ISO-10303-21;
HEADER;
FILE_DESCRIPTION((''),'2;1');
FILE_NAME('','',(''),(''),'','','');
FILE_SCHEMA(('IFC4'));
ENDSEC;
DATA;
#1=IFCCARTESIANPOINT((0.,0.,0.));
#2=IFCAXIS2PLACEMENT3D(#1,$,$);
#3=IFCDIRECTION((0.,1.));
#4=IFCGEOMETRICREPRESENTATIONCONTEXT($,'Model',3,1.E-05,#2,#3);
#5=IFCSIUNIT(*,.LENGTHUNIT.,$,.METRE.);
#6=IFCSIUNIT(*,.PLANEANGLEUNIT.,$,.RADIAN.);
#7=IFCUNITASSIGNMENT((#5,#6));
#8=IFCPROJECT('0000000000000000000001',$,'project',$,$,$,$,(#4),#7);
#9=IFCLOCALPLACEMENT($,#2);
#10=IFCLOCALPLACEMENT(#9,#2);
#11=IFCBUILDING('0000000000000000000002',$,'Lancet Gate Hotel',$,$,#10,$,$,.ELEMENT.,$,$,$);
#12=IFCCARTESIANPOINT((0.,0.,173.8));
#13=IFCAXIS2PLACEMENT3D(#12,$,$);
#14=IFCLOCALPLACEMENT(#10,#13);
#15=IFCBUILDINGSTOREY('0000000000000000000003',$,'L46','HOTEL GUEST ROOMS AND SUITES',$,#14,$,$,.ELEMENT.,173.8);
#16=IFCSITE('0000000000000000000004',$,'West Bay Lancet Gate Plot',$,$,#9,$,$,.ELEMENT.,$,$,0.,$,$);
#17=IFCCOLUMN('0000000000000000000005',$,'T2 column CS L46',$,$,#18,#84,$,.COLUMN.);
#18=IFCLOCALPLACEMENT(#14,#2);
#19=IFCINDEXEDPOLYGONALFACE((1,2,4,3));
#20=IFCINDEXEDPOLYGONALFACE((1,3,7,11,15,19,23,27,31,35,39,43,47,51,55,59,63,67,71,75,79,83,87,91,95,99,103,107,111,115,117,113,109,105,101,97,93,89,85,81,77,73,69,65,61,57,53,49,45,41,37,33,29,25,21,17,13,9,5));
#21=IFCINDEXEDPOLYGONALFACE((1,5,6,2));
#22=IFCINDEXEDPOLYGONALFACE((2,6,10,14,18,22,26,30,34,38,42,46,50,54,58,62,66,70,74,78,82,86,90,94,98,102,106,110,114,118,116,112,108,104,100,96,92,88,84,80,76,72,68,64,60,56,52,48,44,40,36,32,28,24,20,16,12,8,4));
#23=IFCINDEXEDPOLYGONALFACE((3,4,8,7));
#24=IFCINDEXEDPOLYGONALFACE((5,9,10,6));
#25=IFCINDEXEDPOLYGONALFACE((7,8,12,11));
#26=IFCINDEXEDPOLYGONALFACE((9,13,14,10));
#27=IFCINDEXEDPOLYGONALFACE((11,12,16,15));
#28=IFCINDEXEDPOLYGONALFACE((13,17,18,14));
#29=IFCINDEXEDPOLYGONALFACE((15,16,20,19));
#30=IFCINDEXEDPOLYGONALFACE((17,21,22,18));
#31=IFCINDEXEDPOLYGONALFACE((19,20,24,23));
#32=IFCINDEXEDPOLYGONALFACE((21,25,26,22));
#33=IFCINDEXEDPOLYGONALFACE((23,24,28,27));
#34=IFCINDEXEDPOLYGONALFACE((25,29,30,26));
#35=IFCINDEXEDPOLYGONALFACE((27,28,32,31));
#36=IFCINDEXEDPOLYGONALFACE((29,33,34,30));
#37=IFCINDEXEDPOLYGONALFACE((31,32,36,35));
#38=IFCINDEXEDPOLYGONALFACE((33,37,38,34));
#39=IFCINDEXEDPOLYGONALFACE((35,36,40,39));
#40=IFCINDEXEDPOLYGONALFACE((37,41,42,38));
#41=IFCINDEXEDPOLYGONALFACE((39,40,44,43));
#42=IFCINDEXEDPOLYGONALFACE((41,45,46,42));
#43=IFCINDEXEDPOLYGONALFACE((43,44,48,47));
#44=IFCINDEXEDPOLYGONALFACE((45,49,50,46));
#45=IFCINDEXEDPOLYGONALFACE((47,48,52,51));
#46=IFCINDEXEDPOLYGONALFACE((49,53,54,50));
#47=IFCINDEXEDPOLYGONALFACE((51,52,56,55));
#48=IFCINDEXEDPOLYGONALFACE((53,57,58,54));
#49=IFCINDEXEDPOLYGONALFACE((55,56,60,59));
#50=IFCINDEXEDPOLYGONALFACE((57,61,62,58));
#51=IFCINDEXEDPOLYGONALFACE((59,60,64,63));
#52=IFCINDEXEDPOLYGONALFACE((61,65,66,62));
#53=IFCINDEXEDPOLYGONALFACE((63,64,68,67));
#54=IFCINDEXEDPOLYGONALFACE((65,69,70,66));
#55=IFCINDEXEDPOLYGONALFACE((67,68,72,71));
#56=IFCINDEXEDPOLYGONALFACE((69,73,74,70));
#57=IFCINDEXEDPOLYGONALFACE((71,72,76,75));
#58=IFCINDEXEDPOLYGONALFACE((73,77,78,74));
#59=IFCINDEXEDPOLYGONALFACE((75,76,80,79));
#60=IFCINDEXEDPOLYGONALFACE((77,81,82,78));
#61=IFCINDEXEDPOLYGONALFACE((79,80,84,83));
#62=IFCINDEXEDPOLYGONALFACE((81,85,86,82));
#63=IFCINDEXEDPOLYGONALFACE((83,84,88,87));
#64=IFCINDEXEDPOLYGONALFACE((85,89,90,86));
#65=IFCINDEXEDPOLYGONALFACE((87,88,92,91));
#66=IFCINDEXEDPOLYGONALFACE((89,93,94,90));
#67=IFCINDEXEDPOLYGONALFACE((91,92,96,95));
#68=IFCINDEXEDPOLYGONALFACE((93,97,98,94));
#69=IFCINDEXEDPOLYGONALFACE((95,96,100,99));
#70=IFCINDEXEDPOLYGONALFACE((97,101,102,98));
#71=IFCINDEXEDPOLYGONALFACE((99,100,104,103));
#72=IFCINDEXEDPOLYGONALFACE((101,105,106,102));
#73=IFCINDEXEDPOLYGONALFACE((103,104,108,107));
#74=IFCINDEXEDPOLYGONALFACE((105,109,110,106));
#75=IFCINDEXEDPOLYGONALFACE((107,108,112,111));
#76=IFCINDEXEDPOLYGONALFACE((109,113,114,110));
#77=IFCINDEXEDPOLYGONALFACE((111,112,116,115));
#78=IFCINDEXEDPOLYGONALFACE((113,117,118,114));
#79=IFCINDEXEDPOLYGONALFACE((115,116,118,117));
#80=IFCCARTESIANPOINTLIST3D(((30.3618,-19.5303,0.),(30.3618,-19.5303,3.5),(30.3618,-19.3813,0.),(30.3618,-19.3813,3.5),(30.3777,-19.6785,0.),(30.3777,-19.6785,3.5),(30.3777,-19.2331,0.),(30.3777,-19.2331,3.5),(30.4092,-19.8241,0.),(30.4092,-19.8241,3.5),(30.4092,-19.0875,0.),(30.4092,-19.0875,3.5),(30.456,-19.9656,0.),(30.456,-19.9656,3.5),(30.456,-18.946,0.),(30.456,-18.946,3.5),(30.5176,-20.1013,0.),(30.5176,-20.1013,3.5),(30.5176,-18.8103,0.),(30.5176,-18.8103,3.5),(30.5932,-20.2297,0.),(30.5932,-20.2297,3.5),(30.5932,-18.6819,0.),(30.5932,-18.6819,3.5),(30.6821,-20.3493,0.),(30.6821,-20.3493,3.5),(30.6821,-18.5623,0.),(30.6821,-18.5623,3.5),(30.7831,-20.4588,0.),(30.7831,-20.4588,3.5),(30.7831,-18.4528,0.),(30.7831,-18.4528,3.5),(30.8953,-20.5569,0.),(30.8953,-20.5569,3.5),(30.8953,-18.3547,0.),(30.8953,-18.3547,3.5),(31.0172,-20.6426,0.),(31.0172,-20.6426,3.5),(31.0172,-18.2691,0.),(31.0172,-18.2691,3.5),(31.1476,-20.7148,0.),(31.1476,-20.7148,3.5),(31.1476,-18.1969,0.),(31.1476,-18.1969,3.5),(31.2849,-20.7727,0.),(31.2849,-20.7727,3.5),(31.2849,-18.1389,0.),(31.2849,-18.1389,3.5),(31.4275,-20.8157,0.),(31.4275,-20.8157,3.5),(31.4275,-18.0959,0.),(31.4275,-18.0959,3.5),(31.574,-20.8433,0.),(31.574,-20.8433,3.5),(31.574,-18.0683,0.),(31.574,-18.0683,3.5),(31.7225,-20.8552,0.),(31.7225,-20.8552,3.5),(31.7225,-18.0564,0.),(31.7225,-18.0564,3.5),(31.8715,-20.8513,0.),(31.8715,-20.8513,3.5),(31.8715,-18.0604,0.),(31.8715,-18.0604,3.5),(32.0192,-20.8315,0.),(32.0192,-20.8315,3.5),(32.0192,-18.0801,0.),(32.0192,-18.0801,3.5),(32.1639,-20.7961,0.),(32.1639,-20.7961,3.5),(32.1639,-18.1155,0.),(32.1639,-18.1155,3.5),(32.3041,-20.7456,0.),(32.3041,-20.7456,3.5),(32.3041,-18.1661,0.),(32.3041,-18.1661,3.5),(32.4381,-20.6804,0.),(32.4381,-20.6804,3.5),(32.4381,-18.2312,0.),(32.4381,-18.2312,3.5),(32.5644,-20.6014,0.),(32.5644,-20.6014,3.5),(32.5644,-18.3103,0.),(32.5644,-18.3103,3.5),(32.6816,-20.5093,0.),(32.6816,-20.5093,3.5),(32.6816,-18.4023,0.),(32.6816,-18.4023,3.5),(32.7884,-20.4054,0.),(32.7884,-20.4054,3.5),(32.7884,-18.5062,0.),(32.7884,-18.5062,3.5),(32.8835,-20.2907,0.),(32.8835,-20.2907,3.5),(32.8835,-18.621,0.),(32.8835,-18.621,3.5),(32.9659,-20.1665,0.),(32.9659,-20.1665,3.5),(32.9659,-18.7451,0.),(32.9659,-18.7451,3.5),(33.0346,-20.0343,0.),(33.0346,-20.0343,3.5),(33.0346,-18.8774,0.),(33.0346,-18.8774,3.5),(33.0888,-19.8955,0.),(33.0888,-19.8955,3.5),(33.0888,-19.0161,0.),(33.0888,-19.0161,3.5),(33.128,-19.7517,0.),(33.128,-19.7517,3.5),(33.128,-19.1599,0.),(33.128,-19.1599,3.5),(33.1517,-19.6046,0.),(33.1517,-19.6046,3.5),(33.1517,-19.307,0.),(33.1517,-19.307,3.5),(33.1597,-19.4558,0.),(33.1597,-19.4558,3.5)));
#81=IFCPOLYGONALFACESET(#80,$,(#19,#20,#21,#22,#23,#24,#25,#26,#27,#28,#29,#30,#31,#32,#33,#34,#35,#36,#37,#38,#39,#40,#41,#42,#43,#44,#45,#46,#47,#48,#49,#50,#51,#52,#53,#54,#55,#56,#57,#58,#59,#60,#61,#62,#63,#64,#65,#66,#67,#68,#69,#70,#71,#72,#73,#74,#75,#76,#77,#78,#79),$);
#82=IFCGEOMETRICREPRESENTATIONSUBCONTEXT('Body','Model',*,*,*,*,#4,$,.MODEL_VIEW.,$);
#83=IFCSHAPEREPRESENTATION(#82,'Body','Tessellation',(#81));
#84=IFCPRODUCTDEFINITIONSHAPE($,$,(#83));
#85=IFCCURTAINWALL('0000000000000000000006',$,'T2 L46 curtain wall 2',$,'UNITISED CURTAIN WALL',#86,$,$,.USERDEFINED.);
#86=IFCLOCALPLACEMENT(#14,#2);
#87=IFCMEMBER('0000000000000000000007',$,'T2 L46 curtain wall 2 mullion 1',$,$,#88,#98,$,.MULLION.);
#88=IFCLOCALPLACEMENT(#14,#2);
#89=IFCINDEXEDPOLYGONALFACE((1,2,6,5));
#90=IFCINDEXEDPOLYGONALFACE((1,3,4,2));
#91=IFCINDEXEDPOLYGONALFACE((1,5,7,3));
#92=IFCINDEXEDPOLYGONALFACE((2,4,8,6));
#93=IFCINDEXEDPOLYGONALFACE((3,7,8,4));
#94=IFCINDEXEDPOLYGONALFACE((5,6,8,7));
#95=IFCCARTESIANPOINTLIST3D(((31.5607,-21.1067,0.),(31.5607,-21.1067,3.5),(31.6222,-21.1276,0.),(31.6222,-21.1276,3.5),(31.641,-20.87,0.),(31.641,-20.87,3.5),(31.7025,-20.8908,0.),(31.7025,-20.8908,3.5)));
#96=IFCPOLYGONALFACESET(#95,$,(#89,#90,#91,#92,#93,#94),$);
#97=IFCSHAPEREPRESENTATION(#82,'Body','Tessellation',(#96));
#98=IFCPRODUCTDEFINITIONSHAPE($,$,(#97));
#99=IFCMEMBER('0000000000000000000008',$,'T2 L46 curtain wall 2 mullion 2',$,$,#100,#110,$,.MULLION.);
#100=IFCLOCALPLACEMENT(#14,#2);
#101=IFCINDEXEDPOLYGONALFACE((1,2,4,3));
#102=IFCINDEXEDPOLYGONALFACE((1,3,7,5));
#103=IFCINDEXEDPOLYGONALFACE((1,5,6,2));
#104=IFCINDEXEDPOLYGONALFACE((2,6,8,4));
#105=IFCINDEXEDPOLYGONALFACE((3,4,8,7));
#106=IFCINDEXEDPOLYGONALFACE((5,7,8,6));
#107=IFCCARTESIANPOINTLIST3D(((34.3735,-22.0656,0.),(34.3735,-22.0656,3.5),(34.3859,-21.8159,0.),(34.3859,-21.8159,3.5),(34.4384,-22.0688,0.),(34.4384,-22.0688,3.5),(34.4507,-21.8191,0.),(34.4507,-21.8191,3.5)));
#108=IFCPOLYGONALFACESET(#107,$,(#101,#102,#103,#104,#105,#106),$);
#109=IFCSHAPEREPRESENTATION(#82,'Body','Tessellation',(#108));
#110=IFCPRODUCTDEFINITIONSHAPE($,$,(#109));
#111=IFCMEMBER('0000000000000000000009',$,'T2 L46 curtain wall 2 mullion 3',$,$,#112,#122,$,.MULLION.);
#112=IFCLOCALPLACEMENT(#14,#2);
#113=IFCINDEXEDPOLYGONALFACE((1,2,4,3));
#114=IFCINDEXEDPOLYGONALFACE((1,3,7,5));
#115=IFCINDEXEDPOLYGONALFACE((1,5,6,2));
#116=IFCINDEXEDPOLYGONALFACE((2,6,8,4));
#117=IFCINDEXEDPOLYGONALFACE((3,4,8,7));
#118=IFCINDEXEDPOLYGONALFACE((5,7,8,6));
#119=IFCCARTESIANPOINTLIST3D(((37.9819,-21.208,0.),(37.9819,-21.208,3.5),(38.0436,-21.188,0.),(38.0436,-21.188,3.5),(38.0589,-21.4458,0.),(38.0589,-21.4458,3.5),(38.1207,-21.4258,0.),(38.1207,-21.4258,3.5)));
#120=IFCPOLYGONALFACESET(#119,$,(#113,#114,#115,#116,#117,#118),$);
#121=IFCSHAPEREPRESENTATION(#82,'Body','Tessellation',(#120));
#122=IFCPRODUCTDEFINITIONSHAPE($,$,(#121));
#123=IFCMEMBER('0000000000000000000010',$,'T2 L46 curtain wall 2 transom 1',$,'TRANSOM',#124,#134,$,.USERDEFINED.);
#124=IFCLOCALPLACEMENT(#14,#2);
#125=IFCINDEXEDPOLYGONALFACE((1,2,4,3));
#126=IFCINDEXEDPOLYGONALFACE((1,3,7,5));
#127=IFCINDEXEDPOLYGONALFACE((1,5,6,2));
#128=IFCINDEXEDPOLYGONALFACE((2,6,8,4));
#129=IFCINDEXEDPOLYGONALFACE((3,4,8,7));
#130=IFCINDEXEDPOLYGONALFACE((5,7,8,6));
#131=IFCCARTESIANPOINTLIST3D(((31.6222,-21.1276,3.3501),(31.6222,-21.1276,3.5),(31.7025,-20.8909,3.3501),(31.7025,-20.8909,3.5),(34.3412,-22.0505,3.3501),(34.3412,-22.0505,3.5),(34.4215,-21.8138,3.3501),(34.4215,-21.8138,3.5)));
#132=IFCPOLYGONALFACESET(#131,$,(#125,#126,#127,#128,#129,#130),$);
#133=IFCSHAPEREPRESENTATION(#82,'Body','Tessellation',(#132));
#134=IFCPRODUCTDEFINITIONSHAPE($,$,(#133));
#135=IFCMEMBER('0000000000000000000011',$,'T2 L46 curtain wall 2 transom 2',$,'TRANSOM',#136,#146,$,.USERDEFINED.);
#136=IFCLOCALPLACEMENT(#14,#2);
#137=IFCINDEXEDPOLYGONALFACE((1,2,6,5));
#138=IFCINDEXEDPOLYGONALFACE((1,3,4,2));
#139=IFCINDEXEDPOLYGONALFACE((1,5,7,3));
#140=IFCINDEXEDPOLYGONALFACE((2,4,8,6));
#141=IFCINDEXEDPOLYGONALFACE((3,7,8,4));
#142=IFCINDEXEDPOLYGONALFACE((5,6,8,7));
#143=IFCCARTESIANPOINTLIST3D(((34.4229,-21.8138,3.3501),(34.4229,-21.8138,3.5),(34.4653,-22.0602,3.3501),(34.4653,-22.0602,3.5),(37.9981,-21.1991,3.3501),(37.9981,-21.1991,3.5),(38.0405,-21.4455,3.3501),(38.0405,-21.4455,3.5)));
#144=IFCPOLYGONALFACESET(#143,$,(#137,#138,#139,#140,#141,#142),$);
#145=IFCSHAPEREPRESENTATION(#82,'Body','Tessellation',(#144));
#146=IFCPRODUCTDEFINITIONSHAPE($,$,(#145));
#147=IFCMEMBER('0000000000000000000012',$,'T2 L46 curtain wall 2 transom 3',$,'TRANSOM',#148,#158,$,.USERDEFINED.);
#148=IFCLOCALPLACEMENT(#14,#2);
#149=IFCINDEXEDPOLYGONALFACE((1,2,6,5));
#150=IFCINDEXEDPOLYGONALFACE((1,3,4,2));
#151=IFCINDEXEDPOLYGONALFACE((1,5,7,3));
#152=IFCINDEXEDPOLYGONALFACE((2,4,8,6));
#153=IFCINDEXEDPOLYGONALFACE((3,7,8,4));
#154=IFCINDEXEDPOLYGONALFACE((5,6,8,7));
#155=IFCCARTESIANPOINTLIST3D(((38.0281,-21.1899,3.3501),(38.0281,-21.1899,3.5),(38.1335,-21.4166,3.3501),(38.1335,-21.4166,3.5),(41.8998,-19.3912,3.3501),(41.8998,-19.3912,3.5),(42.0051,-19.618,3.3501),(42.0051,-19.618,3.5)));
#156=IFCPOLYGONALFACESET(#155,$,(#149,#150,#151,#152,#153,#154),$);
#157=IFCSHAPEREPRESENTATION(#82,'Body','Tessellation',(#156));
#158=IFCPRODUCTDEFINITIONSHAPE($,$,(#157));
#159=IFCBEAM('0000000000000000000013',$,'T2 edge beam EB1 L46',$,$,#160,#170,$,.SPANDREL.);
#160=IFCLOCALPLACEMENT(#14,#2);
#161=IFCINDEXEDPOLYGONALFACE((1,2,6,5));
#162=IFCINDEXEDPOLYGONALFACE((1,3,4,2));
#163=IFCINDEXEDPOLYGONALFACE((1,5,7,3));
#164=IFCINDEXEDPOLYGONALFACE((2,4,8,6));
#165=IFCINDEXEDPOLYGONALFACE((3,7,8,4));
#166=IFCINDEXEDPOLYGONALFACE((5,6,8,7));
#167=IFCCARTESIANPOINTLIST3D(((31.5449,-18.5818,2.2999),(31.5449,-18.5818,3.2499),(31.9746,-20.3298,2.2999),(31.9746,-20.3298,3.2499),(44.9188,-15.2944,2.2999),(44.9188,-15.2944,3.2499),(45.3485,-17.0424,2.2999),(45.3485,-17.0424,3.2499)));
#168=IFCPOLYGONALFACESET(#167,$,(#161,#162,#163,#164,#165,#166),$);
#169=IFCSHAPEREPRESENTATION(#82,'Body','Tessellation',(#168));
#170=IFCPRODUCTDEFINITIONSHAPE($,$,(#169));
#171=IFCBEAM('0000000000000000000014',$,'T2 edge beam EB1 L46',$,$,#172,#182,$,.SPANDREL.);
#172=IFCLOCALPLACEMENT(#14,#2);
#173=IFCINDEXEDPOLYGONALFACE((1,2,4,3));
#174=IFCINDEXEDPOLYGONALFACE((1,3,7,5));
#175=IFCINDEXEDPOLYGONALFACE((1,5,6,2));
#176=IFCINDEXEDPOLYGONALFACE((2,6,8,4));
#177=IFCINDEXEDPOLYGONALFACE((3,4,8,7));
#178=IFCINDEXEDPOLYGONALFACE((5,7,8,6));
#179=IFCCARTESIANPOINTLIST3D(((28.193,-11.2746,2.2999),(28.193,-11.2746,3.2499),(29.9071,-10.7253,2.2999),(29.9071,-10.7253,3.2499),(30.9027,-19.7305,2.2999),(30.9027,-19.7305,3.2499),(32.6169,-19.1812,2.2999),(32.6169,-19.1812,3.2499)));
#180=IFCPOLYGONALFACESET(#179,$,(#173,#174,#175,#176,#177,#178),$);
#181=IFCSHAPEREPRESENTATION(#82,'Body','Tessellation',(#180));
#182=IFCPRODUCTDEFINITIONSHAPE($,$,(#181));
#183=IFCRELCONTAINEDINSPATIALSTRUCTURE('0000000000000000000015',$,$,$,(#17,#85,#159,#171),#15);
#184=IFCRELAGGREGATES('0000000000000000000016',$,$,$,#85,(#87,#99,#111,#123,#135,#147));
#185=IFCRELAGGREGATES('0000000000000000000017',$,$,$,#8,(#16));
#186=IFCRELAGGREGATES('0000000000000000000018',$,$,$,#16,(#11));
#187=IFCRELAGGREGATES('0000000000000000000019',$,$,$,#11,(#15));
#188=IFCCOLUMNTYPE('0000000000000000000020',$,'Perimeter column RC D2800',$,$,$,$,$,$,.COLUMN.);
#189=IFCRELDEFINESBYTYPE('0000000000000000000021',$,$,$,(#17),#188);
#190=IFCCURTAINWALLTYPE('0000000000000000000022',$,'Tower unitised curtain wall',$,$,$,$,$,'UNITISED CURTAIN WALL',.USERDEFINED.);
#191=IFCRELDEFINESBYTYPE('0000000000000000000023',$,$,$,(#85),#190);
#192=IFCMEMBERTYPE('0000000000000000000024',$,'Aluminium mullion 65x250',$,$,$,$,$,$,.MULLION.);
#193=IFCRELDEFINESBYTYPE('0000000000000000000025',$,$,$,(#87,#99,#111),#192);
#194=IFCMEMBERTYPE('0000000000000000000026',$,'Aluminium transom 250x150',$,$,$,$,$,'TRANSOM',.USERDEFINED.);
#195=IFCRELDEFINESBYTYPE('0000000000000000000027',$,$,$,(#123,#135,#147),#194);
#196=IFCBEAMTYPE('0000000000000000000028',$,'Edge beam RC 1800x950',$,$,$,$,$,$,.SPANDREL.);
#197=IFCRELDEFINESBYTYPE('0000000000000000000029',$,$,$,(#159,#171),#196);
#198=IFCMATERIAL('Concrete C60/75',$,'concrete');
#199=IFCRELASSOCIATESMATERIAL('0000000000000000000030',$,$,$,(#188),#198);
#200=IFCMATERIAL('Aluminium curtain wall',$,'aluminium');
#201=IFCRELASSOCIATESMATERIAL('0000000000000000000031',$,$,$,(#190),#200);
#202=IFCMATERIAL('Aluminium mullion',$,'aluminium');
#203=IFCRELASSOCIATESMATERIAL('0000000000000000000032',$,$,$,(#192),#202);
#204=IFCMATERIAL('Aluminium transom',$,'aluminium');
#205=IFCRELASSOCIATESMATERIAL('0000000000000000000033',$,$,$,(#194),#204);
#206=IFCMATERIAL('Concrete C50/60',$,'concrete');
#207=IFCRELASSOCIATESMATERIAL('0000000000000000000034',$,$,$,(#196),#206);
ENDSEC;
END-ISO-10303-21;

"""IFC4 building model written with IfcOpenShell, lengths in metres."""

from ifc_helpers import new_model, si_unit, direction, frame, origin, origin_2d, place, context, subcontext, project, spatial, rectangle, circle, extrude, material, material_profile, profile_set, type_object, element, aggregate, save


model = new_model("IFC4")

# Units and contexts
model_context = context("Model", 3, precision=1e-05, world=origin(), true_north=direction((0.0, 1.0)))
body_context = subcontext(model_context, "Body", "Model", "MODEL_VIEW")
ifc_project = project(units=[si_unit("LENGTHUNIT", "METRE"), si_unit("PLANEANGLEUNIT", "RADIAN")], contexts=[model_context])

# Site, building, storey
site_placement = place(None, origin())
site = spatial("IfcSite", under=ifc_project, at=site_placement, Name="West Bay Lancet Gate Plot", CompositionType="ELEMENT", RefElevation=0.0)
building_placement = place(site_placement, origin())
building = spatial("IfcBuilding", under=site, at=building_placement, Name="Lancet Gate Hotel", CompositionType="ELEMENT")
storey_placement = place(building_placement, frame((0.0, 0.0, 173.8)))
storey = spatial("IfcBuildingStorey", under=building, at=storey_placement, Name="L46", Description="HOTEL GUEST ROOMS AND SUITES", CompositionType="ELEMENT", Elevation=173.8)

# Column
ifc_material_1 = material(Name="Concrete C60/75", Category="concrete")
ifc_material_profile_1 = material_profile(ifc_material_1, circle(Radius=1.3999, at=origin_2d()), Name="RC D2800")
ifc_profile_set_1 = profile_set([ifc_material_profile_1], Name="Concrete C60/75")
column_type = type_object("IfcColumnType", Name="Perimeter column RC D2800", PredefinedType="COLUMN", material=ifc_profile_set_1)
column_placement = place(storey_placement, frame((31.7598, -19.4558, 0.0), z_axis=(0.0, 0.0, 1.0), x_axis=(1.0, 0.0, 0.0)))
element("IfcColumn", 1, at=column_placement, inside=storey, type_object=column_type, Name="T2 column CS L46", PredefinedType="COLUMN", context=body_context, shape_type="SweptSolid", body=[
    extrude(circle(Radius=1.3999, at=origin_2d()), origin(), (0.0, 0.0, 1.0), 3.5),
])

# Curtain wall, members
ifc_material_2 = material(Name="Aluminium curtain wall", Category="aluminium")
curtain_wall_type = type_object("IfcCurtainWallType", Name="Tower unitised curtain wall", ElementType="UNITISED CURTAIN WALL", PredefinedType="USERDEFINED", material=ifc_material_2)
curtain_wall_placement = place(storey_placement, origin())
curtain_wall = element("IfcCurtainWall", 2, at=curtain_wall_placement, inside=storey, type_object=curtain_wall_type, Name="T2 L46 curtain wall 2", ObjectType="UNITISED CURTAIN WALL", PredefinedType="USERDEFINED")
ifc_material_3 = material(Name="Aluminium mullion", Category="aluminium")
ifc_material_profile_2 = material_profile(ifc_material_3, rectangle(XDim=0.0649, YDim=0.25, at=origin_2d()), Name="MULLION 65x250")
ifc_profile_set_2 = profile_set([ifc_material_profile_2], Name="Aluminium mullion")
member_type_1 = type_object("IfcMemberType", Name="Aluminium mullion 65x250", PredefinedType="MULLION", material=ifc_profile_set_2)
member_1_placement = place(storey_placement, frame((31.6316, -20.9988, 0.0), z_axis=(0.0, 0.0, 1.0), x_axis=(0.946952, -0.321374, 0.0)))
member_1 = element("IfcMember", 3, at=member_1_placement, type_object=member_type_1, Name="T2 L46 curtain wall 2 mullion 1", PredefinedType="MULLION", context=body_context, shape_type="SweptSolid", body=[
    extrude(rectangle(XDim=0.0649, YDim=0.25, at=origin_2d()), origin(), (0.0, 0.0, 1.0), 3.5),
])
member_2_placement = place(storey_placement, frame((34.4121, -21.9424, 0.0), z_axis=(0.0, 0.0, 1.0), x_axis=(0.998776, -0.049471, 0.0)))
member_2 = element("IfcMember", 4, at=member_2_placement, type_object=member_type_1, Name="T2 L46 curtain wall 2 mullion 2", PredefinedType="MULLION", context=body_context, shape_type="SweptSolid", body=[
    extrude(rectangle(XDim=0.0649, YDim=0.25, at=origin_2d()), origin(), (0.0, 0.0, 1.0), 3.5),
])
member_3_placement = place(storey_placement, frame((38.0513, -21.3169, 0.0), z_axis=(0.0, 0.0, 1.0), x_axis=(0.951355, 0.308095, 0.0)))
member_3 = element("IfcMember", 5, at=member_3_placement, type_object=member_type_1, Name="T2 L46 curtain wall 2 mullion 3", PredefinedType="MULLION", context=body_context, shape_type="SweptSolid", body=[
    extrude(rectangle(XDim=0.0649, YDim=0.25, at=origin_2d()), origin(), (0.0, 0.0, 1.0), 3.5),
])
ifc_material_4 = material(Name="Aluminium transom", Category="aluminium")
ifc_material_profile_3 = material_profile(ifc_material_4, rectangle(XDim=0.25, YDim=0.1499, at=origin_2d()), Name="TRANSOM 250x150")
ifc_profile_set_3 = profile_set([ifc_material_profile_3], Name="Aluminium transom")
member_type_2 = type_object("IfcMemberType", Name="Aluminium transom 250x150", ElementType="TRANSOM", PredefinedType="USERDEFINED", material=ifc_profile_set_3)
member_4_placement = place(storey_placement, frame((31.6624, -21.0093, 3.425), z_axis=(0.946943, -0.321401, 0.0), x_axis=(0.321401, 0.946943, 0.0)))
member_4 = element("IfcMember", 6, at=member_4_placement, type_object=member_type_2, Name="T2 L46 curtain wall 2 transom 1", ObjectType="TRANSOM", PredefinedType="USERDEFINED", context=body_context, shape_type="SweptSolid", body=[
    extrude(rectangle(XDim=0.25, YDim=0.1499, at=origin_2d()), origin(), (0.0, 0.0, 1.0), 2.8713),
])
member_5_placement = place(storey_placement, frame((34.4441, -21.937, 3.425), z_axis=(0.985537, 0.169461, 0.0), x_axis=(-0.169461, 0.985537, 0.0)))
member_5 = element("IfcMember", 7, at=member_5_placement, type_object=member_type_2, Name="T2 L46 curtain wall 2 transom 2", ObjectType="TRANSOM", PredefinedType="USERDEFINED", context=body_context, shape_type="SweptSolid", body=[
    extrude(rectangle(XDim=0.25, YDim=0.1499, at=origin_2d()), origin(), (0.0, 0.0, 1.0), 3.6277),
])
member_6_placement = place(storey_placement, frame((38.0808, -21.3032, 3.425), z_axis=(0.906914, 0.421316, 0.0), x_axis=(-0.421316, 0.906914, 0.0)))
member_6 = element("IfcMember", 8, at=member_6_placement, type_object=member_type_2, Name="T2 L46 curtain wall 2 transom 3", ObjectType="TRANSOM", PredefinedType="USERDEFINED", context=body_context, shape_type="SweptSolid", body=[
    extrude(rectangle(XDim=0.25, YDim=0.1499, at=origin_2d()), origin(), (0.0, 0.0, 1.0), 4.269),
])

# Beams
ifc_material_5 = material(Name="Concrete C50/60", Category="concrete")
ifc_material_profile_4 = material_profile(ifc_material_5, rectangle(XDim=1.8, YDim=0.95, at=origin_2d()), Name="RC 1800x950")
ifc_profile_set_4 = profile_set([ifc_material_profile_4], Name="Concrete C50/60")
beam_type_1 = type_object("IfcBeamType", Name="Edge beam RC 1800x950", PredefinedType="SPANDREL", material=ifc_profile_set_4)
beam_1_placement = place(storey_placement, frame((31.7598, -19.4558, 2.7749), z_axis=(0.971093, 0.2387, 0.0), x_axis=(-0.2387, 0.971093, 0.0)))
element("IfcBeam", 9, at=beam_1_placement, inside=storey, type_object=beam_type_1, Name="T2 edge beam EB1 L46", PredefinedType="SPANDREL", context=body_context, shape_type="SweptSolid", body=[
    extrude(rectangle(XDim=1.8, YDim=0.95, at=origin_2d()), origin(), (0.0, 0.0, 1.0), 13.772),
])
beam_2_placement = place(storey_placement, frame((31.7598, -19.4558, 2.7749), z_axis=(-0.30517, 0.952298, 0.0), x_axis=(-0.952298, -0.30517, 0.0)))
element("IfcBeam", 10, at=beam_2_placement, inside=storey, type_object=beam_type_1, Name="T2 edge beam EB1 L46", PredefinedType="SPANDREL", context=body_context, shape_type="SweptSolid", body=[
    extrude(rectangle(XDim=1.8, YDim=0.95, at=origin_2d()), origin(), (0.0, 0.0, 1.0), 8.8794),
])

aggregate(curtain_wall, [member_1, member_2, member_3, member_4, member_5, member_6])

save(model, "model.ifc")
